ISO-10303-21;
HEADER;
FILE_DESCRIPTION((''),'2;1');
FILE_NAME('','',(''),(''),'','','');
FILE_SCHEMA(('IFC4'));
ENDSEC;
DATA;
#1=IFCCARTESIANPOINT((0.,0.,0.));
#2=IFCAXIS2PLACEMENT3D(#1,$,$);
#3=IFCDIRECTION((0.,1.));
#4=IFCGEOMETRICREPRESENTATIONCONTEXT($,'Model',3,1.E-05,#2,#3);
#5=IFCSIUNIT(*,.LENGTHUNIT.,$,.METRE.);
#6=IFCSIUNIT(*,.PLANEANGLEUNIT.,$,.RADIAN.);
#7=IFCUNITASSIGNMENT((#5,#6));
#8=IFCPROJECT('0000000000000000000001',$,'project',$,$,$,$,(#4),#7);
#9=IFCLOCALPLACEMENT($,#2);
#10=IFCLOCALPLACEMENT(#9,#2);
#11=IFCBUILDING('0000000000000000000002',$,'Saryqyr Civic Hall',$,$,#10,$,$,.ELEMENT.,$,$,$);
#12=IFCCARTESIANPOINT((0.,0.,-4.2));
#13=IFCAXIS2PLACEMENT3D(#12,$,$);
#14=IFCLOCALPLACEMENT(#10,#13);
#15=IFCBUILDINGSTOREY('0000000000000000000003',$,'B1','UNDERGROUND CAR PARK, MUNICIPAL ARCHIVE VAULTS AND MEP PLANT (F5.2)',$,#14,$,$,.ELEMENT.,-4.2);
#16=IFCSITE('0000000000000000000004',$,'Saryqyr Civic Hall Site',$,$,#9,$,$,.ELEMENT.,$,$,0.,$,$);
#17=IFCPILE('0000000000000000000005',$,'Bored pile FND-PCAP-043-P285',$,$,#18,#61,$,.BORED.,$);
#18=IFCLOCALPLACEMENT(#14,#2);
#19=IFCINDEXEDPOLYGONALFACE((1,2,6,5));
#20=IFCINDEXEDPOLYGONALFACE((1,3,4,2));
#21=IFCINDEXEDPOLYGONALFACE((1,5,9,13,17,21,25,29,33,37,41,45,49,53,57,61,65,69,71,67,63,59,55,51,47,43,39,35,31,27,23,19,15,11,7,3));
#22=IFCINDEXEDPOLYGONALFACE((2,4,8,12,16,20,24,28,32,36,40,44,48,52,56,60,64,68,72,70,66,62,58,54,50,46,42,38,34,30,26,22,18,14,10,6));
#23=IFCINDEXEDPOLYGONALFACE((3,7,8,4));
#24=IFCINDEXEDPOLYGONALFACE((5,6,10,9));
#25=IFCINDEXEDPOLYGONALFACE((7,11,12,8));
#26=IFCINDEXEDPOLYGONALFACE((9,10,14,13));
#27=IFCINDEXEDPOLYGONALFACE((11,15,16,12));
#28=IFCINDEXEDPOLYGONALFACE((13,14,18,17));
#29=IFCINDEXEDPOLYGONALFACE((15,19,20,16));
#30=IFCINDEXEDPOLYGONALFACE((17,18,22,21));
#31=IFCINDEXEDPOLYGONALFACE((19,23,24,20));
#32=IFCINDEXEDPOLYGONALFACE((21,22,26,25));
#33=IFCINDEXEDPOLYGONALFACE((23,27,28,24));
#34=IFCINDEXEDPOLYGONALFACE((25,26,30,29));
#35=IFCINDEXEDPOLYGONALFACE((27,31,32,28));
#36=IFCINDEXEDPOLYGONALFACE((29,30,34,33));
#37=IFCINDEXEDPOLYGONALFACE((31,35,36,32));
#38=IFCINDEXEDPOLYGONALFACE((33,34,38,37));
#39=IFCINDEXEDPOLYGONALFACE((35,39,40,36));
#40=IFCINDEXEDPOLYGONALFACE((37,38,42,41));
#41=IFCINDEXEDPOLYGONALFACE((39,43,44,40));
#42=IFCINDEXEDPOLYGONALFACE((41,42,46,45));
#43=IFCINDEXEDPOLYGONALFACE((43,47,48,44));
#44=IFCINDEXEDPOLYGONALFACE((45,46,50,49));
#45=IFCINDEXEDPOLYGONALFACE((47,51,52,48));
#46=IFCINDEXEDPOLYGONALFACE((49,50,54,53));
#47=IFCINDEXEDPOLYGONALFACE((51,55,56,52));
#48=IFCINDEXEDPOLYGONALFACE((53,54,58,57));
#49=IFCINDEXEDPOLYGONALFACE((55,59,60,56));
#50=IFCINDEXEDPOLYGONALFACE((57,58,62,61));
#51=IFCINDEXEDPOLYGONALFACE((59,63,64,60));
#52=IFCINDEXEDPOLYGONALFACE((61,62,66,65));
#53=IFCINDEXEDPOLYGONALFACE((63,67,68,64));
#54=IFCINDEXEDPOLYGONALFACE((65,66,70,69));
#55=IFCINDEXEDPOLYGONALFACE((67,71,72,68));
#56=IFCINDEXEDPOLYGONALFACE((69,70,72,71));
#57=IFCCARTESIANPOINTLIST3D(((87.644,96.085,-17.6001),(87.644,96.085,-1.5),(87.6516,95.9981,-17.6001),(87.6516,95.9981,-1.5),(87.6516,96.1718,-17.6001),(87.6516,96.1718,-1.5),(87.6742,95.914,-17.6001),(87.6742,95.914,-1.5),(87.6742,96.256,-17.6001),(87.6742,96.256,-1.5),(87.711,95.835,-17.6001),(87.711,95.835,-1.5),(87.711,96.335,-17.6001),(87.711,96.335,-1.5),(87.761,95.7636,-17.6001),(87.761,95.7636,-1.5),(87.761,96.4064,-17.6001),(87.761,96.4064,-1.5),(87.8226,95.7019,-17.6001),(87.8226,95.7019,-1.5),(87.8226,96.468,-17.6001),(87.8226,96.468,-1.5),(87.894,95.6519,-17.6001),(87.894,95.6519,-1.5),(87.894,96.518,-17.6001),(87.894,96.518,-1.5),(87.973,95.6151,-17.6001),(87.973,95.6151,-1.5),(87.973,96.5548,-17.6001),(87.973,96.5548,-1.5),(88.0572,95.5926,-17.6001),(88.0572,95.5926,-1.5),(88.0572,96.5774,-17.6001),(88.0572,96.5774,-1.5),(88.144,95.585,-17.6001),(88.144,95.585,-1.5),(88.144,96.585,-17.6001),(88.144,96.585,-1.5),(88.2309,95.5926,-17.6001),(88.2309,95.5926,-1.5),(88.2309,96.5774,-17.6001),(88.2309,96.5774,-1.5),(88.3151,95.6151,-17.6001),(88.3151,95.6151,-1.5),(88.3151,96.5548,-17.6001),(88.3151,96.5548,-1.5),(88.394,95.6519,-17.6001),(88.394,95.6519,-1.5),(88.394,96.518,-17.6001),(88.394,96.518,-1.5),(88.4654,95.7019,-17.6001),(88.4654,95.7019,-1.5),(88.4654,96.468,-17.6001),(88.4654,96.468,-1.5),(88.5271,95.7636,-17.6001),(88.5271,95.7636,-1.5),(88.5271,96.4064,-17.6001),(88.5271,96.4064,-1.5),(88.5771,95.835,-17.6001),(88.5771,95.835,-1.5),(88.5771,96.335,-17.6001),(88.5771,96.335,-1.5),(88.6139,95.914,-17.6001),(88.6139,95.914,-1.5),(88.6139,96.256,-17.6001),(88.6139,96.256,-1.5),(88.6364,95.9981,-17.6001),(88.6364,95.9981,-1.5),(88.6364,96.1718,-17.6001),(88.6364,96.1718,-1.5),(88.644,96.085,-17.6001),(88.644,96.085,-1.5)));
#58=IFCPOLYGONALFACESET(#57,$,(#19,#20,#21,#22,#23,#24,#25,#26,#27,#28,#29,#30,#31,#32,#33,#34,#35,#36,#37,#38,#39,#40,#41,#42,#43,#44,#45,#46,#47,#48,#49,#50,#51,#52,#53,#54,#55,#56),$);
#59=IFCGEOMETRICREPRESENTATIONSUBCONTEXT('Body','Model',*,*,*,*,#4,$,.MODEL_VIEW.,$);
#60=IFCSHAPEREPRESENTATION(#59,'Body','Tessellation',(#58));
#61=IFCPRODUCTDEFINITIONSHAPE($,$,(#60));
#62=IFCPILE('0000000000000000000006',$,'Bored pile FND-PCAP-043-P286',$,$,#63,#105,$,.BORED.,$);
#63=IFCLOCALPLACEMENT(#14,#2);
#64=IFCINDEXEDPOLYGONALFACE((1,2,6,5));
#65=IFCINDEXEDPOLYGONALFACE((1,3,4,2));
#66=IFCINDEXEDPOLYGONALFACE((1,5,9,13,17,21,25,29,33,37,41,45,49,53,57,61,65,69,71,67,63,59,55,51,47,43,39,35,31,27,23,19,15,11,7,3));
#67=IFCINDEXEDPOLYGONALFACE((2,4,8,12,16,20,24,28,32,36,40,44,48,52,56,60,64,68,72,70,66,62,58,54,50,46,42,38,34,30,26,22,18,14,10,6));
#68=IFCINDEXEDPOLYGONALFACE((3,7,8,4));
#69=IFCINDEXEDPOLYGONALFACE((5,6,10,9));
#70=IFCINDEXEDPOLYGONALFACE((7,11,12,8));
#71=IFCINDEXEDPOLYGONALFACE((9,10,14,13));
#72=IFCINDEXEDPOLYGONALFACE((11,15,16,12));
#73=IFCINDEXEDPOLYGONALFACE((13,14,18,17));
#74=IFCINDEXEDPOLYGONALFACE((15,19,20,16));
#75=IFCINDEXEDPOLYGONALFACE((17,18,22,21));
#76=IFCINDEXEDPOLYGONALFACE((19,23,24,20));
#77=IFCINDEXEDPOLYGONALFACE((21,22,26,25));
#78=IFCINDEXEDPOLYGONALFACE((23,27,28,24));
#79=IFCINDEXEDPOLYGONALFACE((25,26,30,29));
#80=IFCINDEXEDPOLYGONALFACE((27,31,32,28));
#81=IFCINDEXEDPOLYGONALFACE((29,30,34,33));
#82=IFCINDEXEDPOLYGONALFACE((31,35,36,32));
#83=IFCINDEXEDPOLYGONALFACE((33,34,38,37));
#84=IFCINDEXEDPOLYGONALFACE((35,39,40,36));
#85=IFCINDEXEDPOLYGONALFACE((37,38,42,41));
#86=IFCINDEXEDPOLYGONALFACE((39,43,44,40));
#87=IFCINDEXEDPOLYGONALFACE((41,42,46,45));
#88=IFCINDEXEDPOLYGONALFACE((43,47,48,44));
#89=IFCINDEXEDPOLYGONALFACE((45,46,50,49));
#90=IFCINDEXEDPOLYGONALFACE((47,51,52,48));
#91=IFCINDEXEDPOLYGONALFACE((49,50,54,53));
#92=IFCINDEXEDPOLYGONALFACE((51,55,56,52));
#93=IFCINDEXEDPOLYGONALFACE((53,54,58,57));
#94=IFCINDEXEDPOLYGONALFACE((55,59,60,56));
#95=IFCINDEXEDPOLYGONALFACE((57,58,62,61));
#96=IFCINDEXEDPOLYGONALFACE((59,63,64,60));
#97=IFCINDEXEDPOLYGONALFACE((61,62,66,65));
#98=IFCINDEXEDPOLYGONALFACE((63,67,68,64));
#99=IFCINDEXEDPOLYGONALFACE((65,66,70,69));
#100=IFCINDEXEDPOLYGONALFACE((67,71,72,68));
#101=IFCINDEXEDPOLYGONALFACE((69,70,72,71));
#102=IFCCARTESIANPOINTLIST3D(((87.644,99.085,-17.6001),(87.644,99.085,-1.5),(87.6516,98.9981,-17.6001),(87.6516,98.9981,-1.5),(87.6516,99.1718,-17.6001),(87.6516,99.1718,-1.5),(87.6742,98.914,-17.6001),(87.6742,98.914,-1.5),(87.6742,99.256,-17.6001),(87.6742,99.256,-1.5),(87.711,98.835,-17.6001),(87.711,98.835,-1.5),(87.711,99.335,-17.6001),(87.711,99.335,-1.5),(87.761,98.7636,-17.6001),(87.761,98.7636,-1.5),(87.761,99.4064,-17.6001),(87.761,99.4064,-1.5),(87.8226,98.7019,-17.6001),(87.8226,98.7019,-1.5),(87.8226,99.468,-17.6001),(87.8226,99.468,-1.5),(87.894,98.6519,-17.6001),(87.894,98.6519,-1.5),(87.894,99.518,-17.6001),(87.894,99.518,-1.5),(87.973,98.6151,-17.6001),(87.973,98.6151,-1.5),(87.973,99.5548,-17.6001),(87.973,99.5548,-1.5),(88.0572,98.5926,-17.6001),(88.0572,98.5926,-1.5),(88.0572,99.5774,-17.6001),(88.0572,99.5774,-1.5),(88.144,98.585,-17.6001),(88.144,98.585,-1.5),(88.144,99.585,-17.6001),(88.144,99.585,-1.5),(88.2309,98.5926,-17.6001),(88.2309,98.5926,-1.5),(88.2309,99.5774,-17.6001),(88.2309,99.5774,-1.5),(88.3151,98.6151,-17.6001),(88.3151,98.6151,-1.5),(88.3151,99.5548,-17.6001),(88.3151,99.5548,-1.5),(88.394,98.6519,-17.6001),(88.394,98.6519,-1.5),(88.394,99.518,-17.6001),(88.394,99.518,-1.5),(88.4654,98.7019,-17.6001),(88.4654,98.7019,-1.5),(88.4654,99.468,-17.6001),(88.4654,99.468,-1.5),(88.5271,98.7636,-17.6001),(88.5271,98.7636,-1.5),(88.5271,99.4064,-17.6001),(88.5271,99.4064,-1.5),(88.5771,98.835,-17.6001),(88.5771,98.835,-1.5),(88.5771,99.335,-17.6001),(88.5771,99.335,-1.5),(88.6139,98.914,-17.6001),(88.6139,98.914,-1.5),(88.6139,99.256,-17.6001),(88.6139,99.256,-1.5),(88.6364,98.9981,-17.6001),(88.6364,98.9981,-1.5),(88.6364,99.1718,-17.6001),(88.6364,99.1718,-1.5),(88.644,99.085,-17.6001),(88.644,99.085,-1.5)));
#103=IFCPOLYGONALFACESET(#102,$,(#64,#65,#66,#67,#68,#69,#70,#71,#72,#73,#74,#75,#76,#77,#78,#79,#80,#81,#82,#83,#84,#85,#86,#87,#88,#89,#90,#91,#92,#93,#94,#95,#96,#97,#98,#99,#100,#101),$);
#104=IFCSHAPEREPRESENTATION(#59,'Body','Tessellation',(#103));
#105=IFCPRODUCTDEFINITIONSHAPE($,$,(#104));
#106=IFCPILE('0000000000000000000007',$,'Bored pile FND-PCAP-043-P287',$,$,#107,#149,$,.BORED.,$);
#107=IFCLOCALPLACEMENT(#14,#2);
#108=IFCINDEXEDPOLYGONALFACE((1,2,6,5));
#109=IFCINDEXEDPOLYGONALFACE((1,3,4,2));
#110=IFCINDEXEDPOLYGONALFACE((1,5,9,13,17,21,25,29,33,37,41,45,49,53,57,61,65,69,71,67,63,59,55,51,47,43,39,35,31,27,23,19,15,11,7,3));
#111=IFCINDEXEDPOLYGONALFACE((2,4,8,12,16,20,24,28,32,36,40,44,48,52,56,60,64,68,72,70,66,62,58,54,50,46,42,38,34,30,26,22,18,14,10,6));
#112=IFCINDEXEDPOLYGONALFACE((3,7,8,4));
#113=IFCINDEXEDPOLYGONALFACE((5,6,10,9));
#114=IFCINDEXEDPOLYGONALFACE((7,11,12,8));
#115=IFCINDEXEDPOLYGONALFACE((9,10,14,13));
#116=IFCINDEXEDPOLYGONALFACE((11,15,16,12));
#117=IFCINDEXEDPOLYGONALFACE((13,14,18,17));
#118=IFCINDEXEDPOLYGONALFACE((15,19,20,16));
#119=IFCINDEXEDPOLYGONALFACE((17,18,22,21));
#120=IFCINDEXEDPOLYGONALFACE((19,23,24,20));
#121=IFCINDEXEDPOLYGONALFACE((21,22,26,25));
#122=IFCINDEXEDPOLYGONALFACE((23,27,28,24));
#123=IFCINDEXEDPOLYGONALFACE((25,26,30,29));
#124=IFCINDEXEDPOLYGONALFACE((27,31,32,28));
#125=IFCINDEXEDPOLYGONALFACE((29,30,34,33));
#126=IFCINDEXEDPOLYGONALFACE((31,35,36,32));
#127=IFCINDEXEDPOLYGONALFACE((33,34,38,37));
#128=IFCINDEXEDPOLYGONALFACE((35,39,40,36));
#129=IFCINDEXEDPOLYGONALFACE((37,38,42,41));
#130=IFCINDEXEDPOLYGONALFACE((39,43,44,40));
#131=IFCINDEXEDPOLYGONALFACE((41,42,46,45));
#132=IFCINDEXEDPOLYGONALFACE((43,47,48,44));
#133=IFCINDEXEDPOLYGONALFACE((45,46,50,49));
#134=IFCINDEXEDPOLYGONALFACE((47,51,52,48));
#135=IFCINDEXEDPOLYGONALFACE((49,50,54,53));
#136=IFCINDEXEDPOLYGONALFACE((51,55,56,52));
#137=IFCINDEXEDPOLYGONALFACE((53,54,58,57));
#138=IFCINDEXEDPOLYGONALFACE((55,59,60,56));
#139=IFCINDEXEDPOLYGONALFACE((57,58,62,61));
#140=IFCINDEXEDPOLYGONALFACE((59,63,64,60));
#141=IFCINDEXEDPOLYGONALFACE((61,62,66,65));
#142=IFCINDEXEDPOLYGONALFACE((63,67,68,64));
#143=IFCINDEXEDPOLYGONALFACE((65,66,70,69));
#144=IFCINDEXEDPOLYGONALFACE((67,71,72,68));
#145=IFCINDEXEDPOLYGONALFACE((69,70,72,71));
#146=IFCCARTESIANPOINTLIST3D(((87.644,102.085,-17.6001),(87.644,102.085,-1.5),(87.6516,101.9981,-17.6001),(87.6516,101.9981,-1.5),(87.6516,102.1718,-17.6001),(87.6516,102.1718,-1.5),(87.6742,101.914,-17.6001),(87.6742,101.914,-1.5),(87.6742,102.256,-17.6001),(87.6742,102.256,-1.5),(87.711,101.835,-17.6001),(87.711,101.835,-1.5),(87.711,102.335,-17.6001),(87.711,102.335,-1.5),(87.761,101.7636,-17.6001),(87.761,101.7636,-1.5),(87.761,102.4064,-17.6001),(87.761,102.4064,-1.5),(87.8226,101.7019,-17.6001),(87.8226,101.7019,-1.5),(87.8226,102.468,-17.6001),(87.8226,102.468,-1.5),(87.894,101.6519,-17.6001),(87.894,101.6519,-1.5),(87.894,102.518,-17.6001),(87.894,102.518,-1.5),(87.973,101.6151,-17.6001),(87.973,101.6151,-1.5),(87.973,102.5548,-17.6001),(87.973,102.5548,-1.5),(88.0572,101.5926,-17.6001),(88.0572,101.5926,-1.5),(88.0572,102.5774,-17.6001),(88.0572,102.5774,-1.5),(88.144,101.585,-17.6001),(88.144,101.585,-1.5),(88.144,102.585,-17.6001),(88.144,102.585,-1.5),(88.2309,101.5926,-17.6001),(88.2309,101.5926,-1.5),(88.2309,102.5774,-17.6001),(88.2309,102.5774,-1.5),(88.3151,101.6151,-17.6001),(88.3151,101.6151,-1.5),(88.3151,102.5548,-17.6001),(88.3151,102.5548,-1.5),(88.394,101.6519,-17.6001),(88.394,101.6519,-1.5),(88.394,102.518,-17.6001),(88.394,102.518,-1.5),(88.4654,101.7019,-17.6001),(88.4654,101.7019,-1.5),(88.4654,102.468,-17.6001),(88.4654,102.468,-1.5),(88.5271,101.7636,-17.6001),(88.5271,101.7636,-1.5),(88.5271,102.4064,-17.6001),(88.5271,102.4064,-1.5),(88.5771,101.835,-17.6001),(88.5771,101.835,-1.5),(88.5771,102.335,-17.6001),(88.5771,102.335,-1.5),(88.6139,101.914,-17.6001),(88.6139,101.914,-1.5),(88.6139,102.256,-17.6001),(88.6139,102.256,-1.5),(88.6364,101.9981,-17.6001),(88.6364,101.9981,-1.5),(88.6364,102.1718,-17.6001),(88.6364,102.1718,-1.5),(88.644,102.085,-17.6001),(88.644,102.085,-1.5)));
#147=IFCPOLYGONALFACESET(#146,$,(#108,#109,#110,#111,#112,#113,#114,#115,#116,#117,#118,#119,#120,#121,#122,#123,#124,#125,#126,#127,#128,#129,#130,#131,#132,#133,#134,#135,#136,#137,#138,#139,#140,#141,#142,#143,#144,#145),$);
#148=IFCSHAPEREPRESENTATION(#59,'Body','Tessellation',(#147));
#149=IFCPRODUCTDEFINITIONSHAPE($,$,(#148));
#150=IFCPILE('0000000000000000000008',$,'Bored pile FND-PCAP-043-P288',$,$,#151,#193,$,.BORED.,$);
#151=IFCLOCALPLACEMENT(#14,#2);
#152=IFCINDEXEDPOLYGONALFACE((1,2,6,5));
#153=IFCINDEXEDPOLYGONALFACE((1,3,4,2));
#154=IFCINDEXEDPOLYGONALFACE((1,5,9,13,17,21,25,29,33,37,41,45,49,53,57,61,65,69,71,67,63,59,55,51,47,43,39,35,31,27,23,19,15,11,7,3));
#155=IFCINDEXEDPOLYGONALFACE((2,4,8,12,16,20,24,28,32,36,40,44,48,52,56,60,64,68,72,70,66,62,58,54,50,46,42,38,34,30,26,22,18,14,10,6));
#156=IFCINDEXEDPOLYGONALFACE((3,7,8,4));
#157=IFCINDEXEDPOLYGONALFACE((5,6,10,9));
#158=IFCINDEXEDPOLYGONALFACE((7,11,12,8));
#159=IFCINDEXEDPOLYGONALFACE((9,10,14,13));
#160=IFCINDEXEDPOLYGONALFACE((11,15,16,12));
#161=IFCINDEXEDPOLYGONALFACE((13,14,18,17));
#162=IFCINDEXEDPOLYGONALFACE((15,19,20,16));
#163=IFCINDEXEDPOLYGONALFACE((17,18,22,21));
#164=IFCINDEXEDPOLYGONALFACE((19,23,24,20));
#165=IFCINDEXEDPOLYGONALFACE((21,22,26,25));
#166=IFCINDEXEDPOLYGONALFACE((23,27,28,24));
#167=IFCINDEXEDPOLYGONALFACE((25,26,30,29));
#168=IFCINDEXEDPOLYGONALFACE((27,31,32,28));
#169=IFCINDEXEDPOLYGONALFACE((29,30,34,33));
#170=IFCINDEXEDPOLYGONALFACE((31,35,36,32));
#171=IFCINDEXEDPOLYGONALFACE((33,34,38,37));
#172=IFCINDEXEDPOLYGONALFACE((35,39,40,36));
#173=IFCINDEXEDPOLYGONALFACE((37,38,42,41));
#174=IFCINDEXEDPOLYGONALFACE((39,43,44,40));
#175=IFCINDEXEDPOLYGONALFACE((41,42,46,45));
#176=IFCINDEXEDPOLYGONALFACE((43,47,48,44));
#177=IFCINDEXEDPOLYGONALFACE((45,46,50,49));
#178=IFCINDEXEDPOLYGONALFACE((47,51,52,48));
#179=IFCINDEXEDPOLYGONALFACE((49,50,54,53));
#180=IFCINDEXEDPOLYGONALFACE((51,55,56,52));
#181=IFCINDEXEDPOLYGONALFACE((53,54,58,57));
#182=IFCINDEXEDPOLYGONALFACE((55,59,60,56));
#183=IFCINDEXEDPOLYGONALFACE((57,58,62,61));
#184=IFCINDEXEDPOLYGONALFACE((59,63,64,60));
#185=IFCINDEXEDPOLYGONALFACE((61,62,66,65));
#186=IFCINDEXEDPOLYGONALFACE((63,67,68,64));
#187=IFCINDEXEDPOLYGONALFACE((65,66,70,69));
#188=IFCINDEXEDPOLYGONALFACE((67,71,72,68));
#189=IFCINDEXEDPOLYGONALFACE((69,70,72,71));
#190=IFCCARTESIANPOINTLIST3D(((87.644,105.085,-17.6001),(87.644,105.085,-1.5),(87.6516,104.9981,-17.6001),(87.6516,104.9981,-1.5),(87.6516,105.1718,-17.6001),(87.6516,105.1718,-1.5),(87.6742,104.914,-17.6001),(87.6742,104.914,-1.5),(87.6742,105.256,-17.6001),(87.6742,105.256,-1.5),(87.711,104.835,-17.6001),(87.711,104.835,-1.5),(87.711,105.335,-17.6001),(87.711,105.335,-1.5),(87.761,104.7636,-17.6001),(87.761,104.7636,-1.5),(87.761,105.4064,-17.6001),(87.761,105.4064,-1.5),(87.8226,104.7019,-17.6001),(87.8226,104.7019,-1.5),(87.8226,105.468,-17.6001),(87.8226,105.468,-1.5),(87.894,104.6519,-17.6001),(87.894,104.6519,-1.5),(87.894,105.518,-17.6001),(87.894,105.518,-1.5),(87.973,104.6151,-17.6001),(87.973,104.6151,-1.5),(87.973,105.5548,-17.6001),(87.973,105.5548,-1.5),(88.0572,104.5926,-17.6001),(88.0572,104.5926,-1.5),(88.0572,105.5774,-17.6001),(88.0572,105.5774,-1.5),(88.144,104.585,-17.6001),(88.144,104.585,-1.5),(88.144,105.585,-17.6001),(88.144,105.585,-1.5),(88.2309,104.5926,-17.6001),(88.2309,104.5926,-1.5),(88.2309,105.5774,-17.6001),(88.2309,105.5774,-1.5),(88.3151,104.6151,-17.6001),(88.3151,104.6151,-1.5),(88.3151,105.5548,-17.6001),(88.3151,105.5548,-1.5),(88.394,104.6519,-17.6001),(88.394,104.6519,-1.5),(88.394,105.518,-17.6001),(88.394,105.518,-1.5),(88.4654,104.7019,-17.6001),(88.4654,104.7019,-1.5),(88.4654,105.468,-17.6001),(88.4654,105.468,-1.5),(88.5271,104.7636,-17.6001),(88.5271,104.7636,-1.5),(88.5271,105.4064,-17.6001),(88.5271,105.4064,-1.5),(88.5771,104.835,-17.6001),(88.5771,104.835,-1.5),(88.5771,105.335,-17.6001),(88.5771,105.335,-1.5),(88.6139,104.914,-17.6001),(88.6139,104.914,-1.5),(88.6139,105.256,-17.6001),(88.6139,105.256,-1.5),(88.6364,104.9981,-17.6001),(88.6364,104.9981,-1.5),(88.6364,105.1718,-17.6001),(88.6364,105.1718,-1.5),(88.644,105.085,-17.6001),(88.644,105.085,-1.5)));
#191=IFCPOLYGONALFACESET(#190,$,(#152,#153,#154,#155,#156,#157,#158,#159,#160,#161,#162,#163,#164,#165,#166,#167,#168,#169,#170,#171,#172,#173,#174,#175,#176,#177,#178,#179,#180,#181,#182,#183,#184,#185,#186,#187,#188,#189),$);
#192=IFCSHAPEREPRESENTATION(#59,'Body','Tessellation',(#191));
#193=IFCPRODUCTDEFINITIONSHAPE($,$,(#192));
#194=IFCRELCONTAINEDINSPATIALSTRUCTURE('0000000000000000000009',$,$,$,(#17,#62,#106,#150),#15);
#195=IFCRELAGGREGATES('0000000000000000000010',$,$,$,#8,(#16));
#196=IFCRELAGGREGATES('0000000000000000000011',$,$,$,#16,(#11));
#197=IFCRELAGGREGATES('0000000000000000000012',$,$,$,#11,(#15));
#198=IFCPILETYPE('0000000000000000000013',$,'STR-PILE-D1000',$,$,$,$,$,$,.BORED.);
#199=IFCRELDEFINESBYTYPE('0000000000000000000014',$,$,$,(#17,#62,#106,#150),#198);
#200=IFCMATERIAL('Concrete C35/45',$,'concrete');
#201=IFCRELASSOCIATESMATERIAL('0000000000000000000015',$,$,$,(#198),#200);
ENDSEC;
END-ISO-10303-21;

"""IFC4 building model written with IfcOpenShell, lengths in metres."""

from ifc_helpers import new_model, si_unit, direction, frame, origin, origin_2d, place, context, subcontext, project, spatial, circle, extrude, material, material_profile, profile_set, type_object, element, save


model = new_model("IFC4")

# Units and contexts
model_context = context("Model", 3, precision=1e-05, world=origin(), true_north=direction((0.0, 1.0)))
body_context = subcontext(model_context, "Body", "Model", "MODEL_VIEW")
ifc_project = project(units=[si_unit("LENGTHUNIT", "METRE"), si_unit("PLANEANGLEUNIT", "RADIAN")], contexts=[model_context])

# Site, building, storey
site_placement = place(None, origin())
site = spatial("IfcSite", under=ifc_project, at=site_placement, Name="Saryqyr Civic Hall Site", CompositionType="ELEMENT", RefElevation=0.0)
building_placement = place(site_placement, origin())
building = spatial("IfcBuilding", under=site, at=building_placement, Name="Saryqyr Civic Hall", CompositionType="ELEMENT")
storey_placement = place(building_placement, frame((0.0, 0.0, -4.2)))
storey = spatial("IfcBuildingStorey", under=building, at=storey_placement, Name="B1", Description="UNDERGROUND CAR PARK, MUNICIPAL ARCHIVE VAULTS AND MEP PLANT (F5.2)", CompositionType="ELEMENT", Elevation=-4.2)

# Piles
ifc_material_1 = material(Name="Concrete C35/45", Category="concrete")
ifc_material_profile_1 = material_profile(ifc_material_1, circle(Radius=0.5, at=origin_2d()), Name="BORED PILE D1000")
ifc_profile_set_1 = profile_set([ifc_material_profile_1], Name="Concrete C35/45")
pile_type = type_object("IfcPileType", Name="STR-PILE-D1000", PredefinedType="BORED", material=ifc_profile_set_1)
for number, where, z_axis, x_axis, name in (
    (1, (88.144, 96.085, -1.5), (0.0, 0.0, -1.0), (1.0, 0.0, 0.0), "Bored pile FND-PCAP-043-P285"),
    (2, (88.144, 99.085, -1.5), (0.0, 0.0, -1.0), (1.0, 0.0, 0.0), "Bored pile FND-PCAP-043-P286"),
    (3, (88.144, 102.085, -1.5), (0.0, 0.0, -1.0), (1.0, 0.0, 0.0), "Bored pile FND-PCAP-043-P287"),
    (4, (88.144, 105.085, -1.5), (0.0, 0.0, -1.0), (1.0, 0.0, 0.0), "Bored pile FND-PCAP-043-P288"),
):
    element("IfcPile", number, at=place(storey_placement, frame(where, z_axis=z_axis, x_axis=x_axis)), inside=storey, type_object=pile_type, Name=name, PredefinedType="BORED", context=body_context, shape_type="SweptSolid", body=[
        extrude(circle(Radius=0.5, at=origin_2d()), origin(), (0.0, 0.0, 1.0), 16.1001),
    ])

save(model, "model.ifc")
